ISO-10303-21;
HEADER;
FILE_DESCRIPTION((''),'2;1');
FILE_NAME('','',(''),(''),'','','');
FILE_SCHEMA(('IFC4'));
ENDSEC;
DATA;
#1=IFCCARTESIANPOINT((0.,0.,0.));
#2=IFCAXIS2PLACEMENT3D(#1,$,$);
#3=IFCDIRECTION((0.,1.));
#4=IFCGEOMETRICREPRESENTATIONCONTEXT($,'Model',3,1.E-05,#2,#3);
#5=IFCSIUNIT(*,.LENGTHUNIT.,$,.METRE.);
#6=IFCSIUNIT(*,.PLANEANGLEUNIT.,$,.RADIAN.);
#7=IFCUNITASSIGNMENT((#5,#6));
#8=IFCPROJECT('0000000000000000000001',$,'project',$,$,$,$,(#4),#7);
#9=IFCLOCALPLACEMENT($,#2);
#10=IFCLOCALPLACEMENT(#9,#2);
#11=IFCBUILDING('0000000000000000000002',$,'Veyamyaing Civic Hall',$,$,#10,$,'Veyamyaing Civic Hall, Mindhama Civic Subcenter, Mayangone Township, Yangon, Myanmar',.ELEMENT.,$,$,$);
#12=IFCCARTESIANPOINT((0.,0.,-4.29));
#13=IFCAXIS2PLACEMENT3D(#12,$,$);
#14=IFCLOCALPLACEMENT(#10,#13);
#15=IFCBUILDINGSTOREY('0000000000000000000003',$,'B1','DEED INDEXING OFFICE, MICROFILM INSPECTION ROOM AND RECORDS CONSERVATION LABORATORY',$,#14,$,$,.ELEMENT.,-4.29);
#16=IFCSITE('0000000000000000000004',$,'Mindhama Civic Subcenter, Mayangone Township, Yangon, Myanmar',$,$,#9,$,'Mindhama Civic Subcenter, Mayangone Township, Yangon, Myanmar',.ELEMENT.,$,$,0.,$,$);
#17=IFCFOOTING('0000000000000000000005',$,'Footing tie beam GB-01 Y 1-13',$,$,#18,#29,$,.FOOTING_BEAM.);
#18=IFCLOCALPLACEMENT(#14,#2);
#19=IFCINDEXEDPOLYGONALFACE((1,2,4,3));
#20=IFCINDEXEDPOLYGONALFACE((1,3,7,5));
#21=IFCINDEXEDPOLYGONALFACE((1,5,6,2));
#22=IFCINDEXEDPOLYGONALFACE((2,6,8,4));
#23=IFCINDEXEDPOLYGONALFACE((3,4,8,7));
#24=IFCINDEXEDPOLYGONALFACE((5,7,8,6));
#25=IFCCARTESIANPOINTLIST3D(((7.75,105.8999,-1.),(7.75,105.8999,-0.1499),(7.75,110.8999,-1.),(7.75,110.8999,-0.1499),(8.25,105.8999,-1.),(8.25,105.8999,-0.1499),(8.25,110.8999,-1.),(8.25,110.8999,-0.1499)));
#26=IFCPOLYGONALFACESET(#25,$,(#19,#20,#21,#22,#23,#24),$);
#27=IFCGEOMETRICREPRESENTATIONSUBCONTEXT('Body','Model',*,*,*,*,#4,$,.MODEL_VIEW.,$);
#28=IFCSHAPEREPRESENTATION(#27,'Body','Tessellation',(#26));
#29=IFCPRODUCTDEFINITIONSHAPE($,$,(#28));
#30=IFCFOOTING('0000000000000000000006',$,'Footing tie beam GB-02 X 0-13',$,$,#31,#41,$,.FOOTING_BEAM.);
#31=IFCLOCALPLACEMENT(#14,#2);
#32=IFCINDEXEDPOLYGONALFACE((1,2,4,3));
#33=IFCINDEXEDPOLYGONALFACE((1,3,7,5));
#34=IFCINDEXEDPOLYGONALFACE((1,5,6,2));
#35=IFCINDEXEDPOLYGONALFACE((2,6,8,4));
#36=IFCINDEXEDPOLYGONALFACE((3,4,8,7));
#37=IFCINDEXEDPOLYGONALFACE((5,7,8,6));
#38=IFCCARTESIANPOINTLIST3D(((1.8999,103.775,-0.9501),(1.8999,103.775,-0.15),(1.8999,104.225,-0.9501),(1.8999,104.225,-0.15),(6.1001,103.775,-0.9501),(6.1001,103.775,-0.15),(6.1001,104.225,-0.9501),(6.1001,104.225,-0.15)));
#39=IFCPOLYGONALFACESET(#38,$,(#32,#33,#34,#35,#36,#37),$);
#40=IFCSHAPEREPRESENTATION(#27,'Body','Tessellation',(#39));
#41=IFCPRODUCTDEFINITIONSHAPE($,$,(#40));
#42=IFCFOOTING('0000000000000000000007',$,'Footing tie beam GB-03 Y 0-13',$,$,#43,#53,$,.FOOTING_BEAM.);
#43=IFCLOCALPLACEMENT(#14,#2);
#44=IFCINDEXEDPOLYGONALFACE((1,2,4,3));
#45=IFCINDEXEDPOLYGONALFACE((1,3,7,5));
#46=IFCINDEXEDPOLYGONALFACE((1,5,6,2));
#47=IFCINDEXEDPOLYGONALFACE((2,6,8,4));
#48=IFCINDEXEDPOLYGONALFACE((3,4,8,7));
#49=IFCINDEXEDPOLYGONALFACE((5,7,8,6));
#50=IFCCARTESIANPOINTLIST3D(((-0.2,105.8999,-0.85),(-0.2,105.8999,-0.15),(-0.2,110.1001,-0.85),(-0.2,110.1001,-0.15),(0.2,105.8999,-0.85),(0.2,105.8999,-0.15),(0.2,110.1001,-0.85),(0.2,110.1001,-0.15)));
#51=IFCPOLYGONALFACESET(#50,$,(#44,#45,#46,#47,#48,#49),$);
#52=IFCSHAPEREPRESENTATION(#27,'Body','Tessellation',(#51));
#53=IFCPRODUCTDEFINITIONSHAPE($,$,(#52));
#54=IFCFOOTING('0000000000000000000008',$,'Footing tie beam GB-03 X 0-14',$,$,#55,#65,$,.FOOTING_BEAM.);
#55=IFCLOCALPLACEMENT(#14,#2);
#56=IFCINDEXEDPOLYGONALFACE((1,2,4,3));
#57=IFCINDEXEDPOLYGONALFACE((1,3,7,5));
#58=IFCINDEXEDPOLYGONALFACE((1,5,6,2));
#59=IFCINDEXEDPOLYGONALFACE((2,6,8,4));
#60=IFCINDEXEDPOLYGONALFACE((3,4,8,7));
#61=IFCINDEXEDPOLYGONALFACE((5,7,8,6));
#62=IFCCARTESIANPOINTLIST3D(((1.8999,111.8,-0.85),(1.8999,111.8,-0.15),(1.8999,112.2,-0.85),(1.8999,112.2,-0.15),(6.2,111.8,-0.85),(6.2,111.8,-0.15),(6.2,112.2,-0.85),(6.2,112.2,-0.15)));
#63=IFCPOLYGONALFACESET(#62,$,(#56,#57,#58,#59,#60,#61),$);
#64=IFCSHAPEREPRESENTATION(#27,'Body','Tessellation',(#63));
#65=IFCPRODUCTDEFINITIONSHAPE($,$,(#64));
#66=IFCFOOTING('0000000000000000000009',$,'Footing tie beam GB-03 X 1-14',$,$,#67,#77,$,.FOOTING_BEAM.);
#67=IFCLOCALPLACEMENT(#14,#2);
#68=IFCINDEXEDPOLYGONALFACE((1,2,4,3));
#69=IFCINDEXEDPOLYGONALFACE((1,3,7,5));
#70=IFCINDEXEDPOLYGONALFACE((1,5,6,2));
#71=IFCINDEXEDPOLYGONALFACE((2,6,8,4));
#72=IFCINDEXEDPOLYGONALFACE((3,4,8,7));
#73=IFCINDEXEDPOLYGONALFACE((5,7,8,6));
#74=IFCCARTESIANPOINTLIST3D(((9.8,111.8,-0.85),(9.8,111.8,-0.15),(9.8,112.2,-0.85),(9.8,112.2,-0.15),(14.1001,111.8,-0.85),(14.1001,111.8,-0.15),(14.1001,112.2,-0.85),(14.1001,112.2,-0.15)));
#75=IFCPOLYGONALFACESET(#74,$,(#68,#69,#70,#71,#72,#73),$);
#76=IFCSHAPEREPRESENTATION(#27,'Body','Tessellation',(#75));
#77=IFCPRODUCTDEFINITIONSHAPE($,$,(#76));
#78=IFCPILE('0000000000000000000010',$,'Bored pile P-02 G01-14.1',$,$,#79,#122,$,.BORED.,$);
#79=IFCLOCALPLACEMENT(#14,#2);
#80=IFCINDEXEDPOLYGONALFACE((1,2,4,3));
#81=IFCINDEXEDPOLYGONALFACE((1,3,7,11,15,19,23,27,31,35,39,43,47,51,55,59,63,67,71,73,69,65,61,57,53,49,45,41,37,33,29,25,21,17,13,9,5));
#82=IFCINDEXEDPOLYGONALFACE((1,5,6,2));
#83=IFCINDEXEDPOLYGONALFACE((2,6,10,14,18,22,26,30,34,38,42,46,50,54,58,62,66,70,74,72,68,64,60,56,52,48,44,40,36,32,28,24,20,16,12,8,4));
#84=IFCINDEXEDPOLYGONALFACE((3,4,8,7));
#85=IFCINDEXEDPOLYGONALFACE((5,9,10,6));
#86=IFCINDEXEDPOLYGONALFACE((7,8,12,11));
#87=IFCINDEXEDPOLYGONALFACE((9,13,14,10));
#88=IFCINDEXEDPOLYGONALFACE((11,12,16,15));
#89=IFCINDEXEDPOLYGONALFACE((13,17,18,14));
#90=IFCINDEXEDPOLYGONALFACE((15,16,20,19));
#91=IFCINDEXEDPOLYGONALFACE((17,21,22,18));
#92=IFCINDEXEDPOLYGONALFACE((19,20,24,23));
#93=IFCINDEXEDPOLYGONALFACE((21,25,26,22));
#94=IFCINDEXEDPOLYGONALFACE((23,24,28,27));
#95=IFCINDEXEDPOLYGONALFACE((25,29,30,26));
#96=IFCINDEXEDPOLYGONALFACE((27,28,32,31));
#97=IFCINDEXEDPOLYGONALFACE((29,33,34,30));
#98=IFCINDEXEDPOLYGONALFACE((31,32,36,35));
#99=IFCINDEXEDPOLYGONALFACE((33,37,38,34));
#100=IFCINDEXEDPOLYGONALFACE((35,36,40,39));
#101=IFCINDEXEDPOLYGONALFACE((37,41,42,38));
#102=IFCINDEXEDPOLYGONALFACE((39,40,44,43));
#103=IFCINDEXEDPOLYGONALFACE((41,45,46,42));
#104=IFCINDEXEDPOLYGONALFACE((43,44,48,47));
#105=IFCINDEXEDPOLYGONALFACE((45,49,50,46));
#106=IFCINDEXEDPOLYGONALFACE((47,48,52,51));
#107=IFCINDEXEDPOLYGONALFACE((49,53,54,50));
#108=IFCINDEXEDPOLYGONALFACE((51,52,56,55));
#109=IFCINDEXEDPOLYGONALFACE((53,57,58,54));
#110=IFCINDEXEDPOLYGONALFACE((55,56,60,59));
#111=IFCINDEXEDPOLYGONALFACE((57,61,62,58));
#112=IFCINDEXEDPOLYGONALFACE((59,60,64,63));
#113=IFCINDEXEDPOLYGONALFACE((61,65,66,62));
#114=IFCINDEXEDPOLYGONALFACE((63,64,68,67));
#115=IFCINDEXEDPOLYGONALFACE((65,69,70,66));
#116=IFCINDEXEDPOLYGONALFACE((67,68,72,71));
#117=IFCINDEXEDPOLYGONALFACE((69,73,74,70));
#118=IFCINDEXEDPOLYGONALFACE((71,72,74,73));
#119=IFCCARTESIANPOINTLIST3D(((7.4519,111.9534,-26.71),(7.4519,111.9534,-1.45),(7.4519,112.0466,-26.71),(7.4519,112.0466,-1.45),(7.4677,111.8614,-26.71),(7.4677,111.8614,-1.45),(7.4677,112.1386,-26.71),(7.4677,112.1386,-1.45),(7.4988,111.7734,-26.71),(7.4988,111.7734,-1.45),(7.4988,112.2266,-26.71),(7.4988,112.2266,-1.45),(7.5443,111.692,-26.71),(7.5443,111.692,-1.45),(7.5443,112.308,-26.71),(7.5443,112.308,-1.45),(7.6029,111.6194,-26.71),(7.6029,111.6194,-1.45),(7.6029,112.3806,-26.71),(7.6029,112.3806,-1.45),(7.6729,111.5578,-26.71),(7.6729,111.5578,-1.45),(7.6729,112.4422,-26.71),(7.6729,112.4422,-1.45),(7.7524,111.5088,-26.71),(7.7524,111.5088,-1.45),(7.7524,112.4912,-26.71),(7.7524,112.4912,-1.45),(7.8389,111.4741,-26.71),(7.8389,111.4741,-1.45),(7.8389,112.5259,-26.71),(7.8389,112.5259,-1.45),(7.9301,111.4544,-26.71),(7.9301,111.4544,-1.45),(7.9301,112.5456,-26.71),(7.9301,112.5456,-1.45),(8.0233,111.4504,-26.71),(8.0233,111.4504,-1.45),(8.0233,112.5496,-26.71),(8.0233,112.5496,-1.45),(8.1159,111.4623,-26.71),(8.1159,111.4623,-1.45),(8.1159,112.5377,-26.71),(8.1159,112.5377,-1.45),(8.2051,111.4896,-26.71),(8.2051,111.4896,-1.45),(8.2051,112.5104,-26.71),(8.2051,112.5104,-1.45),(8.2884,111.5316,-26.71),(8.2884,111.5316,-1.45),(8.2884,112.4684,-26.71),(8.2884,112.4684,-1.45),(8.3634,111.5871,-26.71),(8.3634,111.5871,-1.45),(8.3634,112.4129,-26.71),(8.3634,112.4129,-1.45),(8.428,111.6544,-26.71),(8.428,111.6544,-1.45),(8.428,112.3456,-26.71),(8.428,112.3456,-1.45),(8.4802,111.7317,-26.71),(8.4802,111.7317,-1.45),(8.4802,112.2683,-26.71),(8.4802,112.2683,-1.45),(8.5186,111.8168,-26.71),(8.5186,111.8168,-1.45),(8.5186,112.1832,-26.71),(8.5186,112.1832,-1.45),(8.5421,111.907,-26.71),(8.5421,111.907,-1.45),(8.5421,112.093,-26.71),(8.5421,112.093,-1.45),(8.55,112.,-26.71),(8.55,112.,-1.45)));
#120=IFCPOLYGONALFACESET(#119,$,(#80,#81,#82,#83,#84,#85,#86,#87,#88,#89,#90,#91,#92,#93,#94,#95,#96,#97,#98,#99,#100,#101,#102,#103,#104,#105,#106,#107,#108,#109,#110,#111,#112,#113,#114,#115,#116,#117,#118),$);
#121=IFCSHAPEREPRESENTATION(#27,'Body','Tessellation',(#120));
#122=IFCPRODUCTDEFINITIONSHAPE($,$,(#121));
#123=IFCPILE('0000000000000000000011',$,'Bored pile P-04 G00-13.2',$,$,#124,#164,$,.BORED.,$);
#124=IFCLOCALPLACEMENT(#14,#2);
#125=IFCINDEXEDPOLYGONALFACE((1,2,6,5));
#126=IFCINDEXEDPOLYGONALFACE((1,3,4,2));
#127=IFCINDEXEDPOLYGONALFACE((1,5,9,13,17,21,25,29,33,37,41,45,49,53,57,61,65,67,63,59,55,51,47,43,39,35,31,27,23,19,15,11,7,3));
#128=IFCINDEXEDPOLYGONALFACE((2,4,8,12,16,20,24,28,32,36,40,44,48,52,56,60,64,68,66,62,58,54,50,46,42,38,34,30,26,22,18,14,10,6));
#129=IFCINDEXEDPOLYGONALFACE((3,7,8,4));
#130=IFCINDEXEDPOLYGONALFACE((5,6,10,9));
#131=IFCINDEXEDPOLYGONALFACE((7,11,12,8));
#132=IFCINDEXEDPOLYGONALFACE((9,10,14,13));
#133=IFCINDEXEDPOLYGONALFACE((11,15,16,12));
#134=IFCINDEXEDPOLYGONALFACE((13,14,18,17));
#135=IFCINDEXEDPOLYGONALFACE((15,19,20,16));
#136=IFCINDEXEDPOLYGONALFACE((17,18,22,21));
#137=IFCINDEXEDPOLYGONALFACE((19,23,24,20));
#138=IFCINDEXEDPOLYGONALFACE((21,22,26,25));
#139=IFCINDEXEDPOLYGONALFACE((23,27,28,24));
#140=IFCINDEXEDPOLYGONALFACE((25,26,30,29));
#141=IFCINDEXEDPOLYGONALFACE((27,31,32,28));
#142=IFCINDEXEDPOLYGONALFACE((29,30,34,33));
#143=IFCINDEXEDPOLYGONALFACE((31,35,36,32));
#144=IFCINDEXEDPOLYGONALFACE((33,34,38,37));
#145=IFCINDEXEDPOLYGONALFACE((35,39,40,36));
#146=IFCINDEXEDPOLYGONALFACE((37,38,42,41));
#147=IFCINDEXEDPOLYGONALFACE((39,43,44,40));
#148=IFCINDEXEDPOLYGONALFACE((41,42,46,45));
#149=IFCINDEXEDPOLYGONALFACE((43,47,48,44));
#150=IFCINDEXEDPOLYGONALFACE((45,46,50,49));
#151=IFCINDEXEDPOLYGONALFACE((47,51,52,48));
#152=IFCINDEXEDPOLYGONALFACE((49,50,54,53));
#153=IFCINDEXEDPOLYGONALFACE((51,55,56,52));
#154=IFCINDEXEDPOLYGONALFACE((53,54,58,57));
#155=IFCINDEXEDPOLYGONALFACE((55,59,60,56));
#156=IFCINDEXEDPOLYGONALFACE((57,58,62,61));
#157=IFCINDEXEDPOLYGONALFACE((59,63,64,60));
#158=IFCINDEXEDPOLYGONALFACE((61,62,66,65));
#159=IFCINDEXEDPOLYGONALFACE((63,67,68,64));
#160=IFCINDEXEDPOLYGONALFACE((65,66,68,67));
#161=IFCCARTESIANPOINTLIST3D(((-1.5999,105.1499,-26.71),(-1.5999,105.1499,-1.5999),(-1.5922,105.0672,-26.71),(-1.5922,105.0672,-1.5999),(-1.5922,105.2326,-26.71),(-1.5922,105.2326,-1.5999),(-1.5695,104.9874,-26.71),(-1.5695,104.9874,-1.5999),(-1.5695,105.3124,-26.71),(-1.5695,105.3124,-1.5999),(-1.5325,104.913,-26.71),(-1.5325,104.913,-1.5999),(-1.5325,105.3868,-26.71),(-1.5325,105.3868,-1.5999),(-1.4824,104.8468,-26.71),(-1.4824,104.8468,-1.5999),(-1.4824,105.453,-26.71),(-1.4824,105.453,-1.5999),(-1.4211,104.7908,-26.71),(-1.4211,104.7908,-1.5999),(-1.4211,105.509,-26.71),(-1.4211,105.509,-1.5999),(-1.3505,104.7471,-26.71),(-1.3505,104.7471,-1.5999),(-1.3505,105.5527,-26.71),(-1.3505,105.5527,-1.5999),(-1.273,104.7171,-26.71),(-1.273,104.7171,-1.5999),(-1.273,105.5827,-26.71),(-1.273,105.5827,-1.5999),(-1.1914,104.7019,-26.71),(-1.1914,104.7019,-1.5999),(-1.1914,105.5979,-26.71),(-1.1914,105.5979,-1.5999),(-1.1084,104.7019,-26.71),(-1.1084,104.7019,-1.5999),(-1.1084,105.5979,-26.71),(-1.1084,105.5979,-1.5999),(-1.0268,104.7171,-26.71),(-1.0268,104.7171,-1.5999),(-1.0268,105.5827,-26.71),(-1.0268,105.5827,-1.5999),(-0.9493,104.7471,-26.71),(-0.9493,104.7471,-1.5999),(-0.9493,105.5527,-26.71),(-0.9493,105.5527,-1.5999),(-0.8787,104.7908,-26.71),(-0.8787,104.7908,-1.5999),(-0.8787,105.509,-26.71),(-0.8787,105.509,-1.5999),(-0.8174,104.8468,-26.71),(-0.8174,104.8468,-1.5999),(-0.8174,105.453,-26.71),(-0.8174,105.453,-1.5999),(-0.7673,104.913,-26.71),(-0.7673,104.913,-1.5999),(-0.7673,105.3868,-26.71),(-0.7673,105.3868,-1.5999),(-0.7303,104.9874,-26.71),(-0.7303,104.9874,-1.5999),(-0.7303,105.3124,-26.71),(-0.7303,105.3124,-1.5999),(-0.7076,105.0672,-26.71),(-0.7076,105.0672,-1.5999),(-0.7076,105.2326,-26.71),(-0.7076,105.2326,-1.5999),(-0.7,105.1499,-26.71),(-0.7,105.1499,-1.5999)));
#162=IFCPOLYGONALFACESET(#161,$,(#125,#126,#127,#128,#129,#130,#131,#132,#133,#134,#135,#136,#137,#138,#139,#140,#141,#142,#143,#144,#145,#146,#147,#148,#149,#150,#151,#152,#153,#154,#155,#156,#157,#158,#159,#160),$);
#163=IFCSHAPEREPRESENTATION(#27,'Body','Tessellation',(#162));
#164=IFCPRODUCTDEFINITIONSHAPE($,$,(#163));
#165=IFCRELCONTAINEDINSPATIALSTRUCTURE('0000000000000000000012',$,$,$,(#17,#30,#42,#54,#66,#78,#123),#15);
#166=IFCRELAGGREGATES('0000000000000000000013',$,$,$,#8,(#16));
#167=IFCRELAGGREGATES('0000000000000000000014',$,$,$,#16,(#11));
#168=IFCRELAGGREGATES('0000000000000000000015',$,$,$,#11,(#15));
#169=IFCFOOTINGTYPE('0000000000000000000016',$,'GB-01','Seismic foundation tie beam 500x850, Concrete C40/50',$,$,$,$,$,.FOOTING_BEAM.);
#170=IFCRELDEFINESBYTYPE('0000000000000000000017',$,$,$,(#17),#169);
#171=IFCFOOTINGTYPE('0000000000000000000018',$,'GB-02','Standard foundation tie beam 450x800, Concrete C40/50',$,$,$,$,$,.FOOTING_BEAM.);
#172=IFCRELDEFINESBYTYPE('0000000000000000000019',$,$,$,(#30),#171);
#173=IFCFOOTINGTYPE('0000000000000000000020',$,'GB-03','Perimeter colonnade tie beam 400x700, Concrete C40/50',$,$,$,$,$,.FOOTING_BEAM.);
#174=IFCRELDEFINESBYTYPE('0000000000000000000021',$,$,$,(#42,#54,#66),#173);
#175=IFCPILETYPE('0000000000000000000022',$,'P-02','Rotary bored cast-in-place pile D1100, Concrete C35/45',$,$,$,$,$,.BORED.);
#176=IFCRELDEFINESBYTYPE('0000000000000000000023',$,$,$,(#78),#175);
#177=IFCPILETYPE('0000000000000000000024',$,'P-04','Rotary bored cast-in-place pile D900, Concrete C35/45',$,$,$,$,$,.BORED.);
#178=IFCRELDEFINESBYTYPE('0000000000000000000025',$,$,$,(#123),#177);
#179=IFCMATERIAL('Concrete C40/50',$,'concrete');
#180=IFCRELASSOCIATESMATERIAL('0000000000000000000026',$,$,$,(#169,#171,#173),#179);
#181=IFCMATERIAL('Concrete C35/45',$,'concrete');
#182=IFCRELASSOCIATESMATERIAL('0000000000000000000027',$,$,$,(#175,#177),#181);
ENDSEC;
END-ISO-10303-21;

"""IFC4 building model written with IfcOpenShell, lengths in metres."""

from ifc_helpers import new_model, si_unit, direction, frame, origin, origin_2d, place, context, subcontext, project, spatial, rectangle, circle, extrude, material, material_profile, profile_set, type_object, element, save


model = new_model("IFC4")

# Units and contexts
model_context = context("Model", 3, precision=1e-05, world=origin(), true_north=direction((0.0, 1.0)))
body_context = subcontext(model_context, "Body", "Model", "MODEL_VIEW")
ifc_project = project(units=[si_unit("LENGTHUNIT", "METRE"), si_unit("PLANEANGLEUNIT", "RADIAN")], contexts=[model_context])

# Site, building, storey
site_placement = place(None, origin())
site = spatial("IfcSite", under=ifc_project, at=site_placement, Name="Mindhama Civic Subcenter, Mayangone Township, Yangon, Myanmar", LongName="Mindhama Civic Subcenter, Mayangone Township, Yangon, Myanmar", CompositionType="ELEMENT", RefElevation=0.0)
building_placement = place(site_placement, origin())
building = spatial("IfcBuilding", under=site, at=building_placement, Name="Veyamyaing Civic Hall", LongName="Veyamyaing Civic Hall, Mindhama Civic Subcenter, Mayangone Township, Yangon, Myanmar", CompositionType="ELEMENT")
storey_placement = place(building_placement, frame((0.0, 0.0, -4.29)))
storey = spatial("IfcBuildingStorey", under=building, at=storey_placement, Name="B1", Description="DEED INDEXING OFFICE, MICROFILM INSPECTION ROOM AND RECORDS CONSERVATION LABORATORY", CompositionType="ELEMENT", Elevation=-4.29)

# Footings
ifc_material_1 = material(Name="Concrete C40/50", Category="concrete")
ifc_material_profile_1 = material_profile(ifc_material_1, rectangle(XDim=0.5, YDim=0.8501, at=origin_2d()), Name="GB-500X850")
ifc_profile_set_1 = profile_set([ifc_material_profile_1], Name="Concrete C40/50")
footing_type_1 = type_object("IfcFootingType", Name="GB-01", Description="Seismic foundation tie beam 500x850, Concrete C40/50", PredefinedType="FOOTING_BEAM", material=ifc_profile_set_1)
footing_1_placement = place(storey_placement, frame((8.0, 105.8999, -0.575), z_axis=(0.0, 1.0, 0.0), x_axis=(-1.0, 0.0, 0.0)))
element("IfcFooting", 1, at=footing_1_placement, inside=storey, type_object=footing_type_1, Name="Footing tie beam GB-01 Y 1-13", PredefinedType="FOOTING_BEAM", context=body_context, shape_type="SweptSolid", body=[
    extrude(rectangle(XDim=0.5, YDim=0.8501, at=origin_2d()), origin(), (0.0, 0.0, 1.0), 5.0),
])
ifc_material_profile_2 = material_profile(ifc_material_1, rectangle(XDim=0.45, YDim=0.8, at=origin_2d()), Name="GB-450X800")
ifc_profile_set_2 = profile_set([ifc_material_profile_2], Name="Concrete C40/50")
footing_type_2 = type_object("IfcFootingType", Name="GB-02", Description="Standard foundation tie beam 450x800, Concrete C40/50", PredefinedType="FOOTING_BEAM", material=ifc_profile_set_2)
footing_2_placement = place(storey_placement, frame((1.8999, 104.0, -0.55), z_axis=(1.0, 0.0, 0.0), x_axis=(0.0, 1.0, 0.0)))
element("IfcFooting", 2, at=footing_2_placement, inside=storey, type_object=footing_type_2, Name="Footing tie beam GB-02 X 0-13", PredefinedType="FOOTING_BEAM", context=body_context, shape_type="SweptSolid", body=[
    extrude(rectangle(XDim=0.45, YDim=0.8, at=origin_2d()), origin(), (0.0, 0.0, 1.0), 4.2002),
])
ifc_material_profile_3 = material_profile(ifc_material_1, rectangle(XDim=0.3999, YDim=0.7, at=origin_2d()), Name="GB-400X700")
ifc_profile_set_3 = profile_set([ifc_material_profile_3], Name="Concrete C40/50")
footing_type_3 = type_object("IfcFootingType", Name="GB-03", Description="Perimeter colonnade tie beam 400x700, Concrete C40/50", PredefinedType="FOOTING_BEAM", material=ifc_profile_set_3)
footing_3_placement = place(storey_placement, frame((0.0, 105.8999, -0.5), z_axis=(0.0, 1.0, 0.0), x_axis=(-1.0, 0.0, 0.0)))
element("IfcFooting", 3, at=footing_3_placement, inside=storey, type_object=footing_type_3, Name="Footing tie beam GB-03 Y 0-13", PredefinedType="FOOTING_BEAM", context=body_context, shape_type="SweptSolid", body=[
    extrude(rectangle(XDim=0.3999, YDim=0.7, at=origin_2d()), origin(), (0.0, 0.0, 1.0), 4.2002),
])
for number, where, z_axis, x_axis, name in (
    (4, (1.8999, 112.0, -0.5), (1.0, 0.0, 0.0), (0.0, 1.0, 0.0), "Footing tie beam GB-03 X 0-14"),
    (5, (9.8, 112.0, -0.5), (1.0, 0.0, 0.0), (0.0, 1.0, 0.0), "Footing tie beam GB-03 X 1-14"),
):
    element("IfcFooting", number, at=place(storey_placement, frame(where, z_axis=z_axis, x_axis=x_axis)), inside=storey, type_object=footing_type_3, Name=name, PredefinedType="FOOTING_BEAM", context=body_context, shape_type="SweptSolid", body=[
        extrude(rectangle(XDim=0.3999, YDim=0.7, at=origin_2d()), origin(), (0.0, 0.0, 1.0), 4.3),
    ])

# Piles
ifc_material_2 = material(Name="Concrete C35/45", Category="concrete")
ifc_material_profile_4 = material_profile(ifc_material_2, circle(Radius=0.55, at=origin_2d()), Name="PILE-D1100")
ifc_profile_set_4 = profile_set([ifc_material_profile_4], Name="Concrete C35/45")
pile_type_1 = type_object("IfcPileType", Name="P-02", Description="Rotary bored cast-in-place pile D1100, Concrete C35/45", PredefinedType="BORED", material=ifc_profile_set_4)
pile_placement = place(storey_placement, frame((8.0, 112.0, -1.45), z_axis=(0.0, 0.0, -1.0), x_axis=(1.0, 0.0, 0.0)))
element("IfcPile", 6, at=pile_placement, inside=storey, type_object=pile_type_1, Name="Bored pile P-02 G01-14.1", PredefinedType="BORED", context=body_context, shape_type="SweptSolid", body=[
    extrude(circle(Radius=0.55, at=origin_2d()), origin(), (0.0, 0.0, 1.0), 25.26),
])
ifc_material_profile_5 = material_profile(ifc_material_2, circle(Radius=0.45, at=origin_2d()), Name="PILE-D900")
ifc_profile_set_5 = profile_set([ifc_material_profile_5], Name="Concrete C35/45")
pile_type_2 = type_object("IfcPileType", Name="P-04", Description="Rotary bored cast-in-place pile D900, Concrete C35/45", PredefinedType="BORED", material=ifc_profile_set_5)
for number, where, z_axis, x_axis, name in (
    (7, (-1.1499, 105.1499, -1.5999), (0.0, 0.0, -1.0), (1.0, 0.0, 0.0), "Bored pile P-04 G00-13.2"),
):
    element("IfcPile", number, at=place(storey_placement, frame(where, z_axis=z_axis, x_axis=x_axis)), inside=storey, type_object=pile_type_2, Name=name, PredefinedType="BORED", context=body_context, shape_type="SweptSolid", body=[
        extrude(circle(Radius=0.45, at=origin_2d()), origin(), (0.0, 0.0, 1.0), 25.1101),
    ])

save(model, "model.ifc")
